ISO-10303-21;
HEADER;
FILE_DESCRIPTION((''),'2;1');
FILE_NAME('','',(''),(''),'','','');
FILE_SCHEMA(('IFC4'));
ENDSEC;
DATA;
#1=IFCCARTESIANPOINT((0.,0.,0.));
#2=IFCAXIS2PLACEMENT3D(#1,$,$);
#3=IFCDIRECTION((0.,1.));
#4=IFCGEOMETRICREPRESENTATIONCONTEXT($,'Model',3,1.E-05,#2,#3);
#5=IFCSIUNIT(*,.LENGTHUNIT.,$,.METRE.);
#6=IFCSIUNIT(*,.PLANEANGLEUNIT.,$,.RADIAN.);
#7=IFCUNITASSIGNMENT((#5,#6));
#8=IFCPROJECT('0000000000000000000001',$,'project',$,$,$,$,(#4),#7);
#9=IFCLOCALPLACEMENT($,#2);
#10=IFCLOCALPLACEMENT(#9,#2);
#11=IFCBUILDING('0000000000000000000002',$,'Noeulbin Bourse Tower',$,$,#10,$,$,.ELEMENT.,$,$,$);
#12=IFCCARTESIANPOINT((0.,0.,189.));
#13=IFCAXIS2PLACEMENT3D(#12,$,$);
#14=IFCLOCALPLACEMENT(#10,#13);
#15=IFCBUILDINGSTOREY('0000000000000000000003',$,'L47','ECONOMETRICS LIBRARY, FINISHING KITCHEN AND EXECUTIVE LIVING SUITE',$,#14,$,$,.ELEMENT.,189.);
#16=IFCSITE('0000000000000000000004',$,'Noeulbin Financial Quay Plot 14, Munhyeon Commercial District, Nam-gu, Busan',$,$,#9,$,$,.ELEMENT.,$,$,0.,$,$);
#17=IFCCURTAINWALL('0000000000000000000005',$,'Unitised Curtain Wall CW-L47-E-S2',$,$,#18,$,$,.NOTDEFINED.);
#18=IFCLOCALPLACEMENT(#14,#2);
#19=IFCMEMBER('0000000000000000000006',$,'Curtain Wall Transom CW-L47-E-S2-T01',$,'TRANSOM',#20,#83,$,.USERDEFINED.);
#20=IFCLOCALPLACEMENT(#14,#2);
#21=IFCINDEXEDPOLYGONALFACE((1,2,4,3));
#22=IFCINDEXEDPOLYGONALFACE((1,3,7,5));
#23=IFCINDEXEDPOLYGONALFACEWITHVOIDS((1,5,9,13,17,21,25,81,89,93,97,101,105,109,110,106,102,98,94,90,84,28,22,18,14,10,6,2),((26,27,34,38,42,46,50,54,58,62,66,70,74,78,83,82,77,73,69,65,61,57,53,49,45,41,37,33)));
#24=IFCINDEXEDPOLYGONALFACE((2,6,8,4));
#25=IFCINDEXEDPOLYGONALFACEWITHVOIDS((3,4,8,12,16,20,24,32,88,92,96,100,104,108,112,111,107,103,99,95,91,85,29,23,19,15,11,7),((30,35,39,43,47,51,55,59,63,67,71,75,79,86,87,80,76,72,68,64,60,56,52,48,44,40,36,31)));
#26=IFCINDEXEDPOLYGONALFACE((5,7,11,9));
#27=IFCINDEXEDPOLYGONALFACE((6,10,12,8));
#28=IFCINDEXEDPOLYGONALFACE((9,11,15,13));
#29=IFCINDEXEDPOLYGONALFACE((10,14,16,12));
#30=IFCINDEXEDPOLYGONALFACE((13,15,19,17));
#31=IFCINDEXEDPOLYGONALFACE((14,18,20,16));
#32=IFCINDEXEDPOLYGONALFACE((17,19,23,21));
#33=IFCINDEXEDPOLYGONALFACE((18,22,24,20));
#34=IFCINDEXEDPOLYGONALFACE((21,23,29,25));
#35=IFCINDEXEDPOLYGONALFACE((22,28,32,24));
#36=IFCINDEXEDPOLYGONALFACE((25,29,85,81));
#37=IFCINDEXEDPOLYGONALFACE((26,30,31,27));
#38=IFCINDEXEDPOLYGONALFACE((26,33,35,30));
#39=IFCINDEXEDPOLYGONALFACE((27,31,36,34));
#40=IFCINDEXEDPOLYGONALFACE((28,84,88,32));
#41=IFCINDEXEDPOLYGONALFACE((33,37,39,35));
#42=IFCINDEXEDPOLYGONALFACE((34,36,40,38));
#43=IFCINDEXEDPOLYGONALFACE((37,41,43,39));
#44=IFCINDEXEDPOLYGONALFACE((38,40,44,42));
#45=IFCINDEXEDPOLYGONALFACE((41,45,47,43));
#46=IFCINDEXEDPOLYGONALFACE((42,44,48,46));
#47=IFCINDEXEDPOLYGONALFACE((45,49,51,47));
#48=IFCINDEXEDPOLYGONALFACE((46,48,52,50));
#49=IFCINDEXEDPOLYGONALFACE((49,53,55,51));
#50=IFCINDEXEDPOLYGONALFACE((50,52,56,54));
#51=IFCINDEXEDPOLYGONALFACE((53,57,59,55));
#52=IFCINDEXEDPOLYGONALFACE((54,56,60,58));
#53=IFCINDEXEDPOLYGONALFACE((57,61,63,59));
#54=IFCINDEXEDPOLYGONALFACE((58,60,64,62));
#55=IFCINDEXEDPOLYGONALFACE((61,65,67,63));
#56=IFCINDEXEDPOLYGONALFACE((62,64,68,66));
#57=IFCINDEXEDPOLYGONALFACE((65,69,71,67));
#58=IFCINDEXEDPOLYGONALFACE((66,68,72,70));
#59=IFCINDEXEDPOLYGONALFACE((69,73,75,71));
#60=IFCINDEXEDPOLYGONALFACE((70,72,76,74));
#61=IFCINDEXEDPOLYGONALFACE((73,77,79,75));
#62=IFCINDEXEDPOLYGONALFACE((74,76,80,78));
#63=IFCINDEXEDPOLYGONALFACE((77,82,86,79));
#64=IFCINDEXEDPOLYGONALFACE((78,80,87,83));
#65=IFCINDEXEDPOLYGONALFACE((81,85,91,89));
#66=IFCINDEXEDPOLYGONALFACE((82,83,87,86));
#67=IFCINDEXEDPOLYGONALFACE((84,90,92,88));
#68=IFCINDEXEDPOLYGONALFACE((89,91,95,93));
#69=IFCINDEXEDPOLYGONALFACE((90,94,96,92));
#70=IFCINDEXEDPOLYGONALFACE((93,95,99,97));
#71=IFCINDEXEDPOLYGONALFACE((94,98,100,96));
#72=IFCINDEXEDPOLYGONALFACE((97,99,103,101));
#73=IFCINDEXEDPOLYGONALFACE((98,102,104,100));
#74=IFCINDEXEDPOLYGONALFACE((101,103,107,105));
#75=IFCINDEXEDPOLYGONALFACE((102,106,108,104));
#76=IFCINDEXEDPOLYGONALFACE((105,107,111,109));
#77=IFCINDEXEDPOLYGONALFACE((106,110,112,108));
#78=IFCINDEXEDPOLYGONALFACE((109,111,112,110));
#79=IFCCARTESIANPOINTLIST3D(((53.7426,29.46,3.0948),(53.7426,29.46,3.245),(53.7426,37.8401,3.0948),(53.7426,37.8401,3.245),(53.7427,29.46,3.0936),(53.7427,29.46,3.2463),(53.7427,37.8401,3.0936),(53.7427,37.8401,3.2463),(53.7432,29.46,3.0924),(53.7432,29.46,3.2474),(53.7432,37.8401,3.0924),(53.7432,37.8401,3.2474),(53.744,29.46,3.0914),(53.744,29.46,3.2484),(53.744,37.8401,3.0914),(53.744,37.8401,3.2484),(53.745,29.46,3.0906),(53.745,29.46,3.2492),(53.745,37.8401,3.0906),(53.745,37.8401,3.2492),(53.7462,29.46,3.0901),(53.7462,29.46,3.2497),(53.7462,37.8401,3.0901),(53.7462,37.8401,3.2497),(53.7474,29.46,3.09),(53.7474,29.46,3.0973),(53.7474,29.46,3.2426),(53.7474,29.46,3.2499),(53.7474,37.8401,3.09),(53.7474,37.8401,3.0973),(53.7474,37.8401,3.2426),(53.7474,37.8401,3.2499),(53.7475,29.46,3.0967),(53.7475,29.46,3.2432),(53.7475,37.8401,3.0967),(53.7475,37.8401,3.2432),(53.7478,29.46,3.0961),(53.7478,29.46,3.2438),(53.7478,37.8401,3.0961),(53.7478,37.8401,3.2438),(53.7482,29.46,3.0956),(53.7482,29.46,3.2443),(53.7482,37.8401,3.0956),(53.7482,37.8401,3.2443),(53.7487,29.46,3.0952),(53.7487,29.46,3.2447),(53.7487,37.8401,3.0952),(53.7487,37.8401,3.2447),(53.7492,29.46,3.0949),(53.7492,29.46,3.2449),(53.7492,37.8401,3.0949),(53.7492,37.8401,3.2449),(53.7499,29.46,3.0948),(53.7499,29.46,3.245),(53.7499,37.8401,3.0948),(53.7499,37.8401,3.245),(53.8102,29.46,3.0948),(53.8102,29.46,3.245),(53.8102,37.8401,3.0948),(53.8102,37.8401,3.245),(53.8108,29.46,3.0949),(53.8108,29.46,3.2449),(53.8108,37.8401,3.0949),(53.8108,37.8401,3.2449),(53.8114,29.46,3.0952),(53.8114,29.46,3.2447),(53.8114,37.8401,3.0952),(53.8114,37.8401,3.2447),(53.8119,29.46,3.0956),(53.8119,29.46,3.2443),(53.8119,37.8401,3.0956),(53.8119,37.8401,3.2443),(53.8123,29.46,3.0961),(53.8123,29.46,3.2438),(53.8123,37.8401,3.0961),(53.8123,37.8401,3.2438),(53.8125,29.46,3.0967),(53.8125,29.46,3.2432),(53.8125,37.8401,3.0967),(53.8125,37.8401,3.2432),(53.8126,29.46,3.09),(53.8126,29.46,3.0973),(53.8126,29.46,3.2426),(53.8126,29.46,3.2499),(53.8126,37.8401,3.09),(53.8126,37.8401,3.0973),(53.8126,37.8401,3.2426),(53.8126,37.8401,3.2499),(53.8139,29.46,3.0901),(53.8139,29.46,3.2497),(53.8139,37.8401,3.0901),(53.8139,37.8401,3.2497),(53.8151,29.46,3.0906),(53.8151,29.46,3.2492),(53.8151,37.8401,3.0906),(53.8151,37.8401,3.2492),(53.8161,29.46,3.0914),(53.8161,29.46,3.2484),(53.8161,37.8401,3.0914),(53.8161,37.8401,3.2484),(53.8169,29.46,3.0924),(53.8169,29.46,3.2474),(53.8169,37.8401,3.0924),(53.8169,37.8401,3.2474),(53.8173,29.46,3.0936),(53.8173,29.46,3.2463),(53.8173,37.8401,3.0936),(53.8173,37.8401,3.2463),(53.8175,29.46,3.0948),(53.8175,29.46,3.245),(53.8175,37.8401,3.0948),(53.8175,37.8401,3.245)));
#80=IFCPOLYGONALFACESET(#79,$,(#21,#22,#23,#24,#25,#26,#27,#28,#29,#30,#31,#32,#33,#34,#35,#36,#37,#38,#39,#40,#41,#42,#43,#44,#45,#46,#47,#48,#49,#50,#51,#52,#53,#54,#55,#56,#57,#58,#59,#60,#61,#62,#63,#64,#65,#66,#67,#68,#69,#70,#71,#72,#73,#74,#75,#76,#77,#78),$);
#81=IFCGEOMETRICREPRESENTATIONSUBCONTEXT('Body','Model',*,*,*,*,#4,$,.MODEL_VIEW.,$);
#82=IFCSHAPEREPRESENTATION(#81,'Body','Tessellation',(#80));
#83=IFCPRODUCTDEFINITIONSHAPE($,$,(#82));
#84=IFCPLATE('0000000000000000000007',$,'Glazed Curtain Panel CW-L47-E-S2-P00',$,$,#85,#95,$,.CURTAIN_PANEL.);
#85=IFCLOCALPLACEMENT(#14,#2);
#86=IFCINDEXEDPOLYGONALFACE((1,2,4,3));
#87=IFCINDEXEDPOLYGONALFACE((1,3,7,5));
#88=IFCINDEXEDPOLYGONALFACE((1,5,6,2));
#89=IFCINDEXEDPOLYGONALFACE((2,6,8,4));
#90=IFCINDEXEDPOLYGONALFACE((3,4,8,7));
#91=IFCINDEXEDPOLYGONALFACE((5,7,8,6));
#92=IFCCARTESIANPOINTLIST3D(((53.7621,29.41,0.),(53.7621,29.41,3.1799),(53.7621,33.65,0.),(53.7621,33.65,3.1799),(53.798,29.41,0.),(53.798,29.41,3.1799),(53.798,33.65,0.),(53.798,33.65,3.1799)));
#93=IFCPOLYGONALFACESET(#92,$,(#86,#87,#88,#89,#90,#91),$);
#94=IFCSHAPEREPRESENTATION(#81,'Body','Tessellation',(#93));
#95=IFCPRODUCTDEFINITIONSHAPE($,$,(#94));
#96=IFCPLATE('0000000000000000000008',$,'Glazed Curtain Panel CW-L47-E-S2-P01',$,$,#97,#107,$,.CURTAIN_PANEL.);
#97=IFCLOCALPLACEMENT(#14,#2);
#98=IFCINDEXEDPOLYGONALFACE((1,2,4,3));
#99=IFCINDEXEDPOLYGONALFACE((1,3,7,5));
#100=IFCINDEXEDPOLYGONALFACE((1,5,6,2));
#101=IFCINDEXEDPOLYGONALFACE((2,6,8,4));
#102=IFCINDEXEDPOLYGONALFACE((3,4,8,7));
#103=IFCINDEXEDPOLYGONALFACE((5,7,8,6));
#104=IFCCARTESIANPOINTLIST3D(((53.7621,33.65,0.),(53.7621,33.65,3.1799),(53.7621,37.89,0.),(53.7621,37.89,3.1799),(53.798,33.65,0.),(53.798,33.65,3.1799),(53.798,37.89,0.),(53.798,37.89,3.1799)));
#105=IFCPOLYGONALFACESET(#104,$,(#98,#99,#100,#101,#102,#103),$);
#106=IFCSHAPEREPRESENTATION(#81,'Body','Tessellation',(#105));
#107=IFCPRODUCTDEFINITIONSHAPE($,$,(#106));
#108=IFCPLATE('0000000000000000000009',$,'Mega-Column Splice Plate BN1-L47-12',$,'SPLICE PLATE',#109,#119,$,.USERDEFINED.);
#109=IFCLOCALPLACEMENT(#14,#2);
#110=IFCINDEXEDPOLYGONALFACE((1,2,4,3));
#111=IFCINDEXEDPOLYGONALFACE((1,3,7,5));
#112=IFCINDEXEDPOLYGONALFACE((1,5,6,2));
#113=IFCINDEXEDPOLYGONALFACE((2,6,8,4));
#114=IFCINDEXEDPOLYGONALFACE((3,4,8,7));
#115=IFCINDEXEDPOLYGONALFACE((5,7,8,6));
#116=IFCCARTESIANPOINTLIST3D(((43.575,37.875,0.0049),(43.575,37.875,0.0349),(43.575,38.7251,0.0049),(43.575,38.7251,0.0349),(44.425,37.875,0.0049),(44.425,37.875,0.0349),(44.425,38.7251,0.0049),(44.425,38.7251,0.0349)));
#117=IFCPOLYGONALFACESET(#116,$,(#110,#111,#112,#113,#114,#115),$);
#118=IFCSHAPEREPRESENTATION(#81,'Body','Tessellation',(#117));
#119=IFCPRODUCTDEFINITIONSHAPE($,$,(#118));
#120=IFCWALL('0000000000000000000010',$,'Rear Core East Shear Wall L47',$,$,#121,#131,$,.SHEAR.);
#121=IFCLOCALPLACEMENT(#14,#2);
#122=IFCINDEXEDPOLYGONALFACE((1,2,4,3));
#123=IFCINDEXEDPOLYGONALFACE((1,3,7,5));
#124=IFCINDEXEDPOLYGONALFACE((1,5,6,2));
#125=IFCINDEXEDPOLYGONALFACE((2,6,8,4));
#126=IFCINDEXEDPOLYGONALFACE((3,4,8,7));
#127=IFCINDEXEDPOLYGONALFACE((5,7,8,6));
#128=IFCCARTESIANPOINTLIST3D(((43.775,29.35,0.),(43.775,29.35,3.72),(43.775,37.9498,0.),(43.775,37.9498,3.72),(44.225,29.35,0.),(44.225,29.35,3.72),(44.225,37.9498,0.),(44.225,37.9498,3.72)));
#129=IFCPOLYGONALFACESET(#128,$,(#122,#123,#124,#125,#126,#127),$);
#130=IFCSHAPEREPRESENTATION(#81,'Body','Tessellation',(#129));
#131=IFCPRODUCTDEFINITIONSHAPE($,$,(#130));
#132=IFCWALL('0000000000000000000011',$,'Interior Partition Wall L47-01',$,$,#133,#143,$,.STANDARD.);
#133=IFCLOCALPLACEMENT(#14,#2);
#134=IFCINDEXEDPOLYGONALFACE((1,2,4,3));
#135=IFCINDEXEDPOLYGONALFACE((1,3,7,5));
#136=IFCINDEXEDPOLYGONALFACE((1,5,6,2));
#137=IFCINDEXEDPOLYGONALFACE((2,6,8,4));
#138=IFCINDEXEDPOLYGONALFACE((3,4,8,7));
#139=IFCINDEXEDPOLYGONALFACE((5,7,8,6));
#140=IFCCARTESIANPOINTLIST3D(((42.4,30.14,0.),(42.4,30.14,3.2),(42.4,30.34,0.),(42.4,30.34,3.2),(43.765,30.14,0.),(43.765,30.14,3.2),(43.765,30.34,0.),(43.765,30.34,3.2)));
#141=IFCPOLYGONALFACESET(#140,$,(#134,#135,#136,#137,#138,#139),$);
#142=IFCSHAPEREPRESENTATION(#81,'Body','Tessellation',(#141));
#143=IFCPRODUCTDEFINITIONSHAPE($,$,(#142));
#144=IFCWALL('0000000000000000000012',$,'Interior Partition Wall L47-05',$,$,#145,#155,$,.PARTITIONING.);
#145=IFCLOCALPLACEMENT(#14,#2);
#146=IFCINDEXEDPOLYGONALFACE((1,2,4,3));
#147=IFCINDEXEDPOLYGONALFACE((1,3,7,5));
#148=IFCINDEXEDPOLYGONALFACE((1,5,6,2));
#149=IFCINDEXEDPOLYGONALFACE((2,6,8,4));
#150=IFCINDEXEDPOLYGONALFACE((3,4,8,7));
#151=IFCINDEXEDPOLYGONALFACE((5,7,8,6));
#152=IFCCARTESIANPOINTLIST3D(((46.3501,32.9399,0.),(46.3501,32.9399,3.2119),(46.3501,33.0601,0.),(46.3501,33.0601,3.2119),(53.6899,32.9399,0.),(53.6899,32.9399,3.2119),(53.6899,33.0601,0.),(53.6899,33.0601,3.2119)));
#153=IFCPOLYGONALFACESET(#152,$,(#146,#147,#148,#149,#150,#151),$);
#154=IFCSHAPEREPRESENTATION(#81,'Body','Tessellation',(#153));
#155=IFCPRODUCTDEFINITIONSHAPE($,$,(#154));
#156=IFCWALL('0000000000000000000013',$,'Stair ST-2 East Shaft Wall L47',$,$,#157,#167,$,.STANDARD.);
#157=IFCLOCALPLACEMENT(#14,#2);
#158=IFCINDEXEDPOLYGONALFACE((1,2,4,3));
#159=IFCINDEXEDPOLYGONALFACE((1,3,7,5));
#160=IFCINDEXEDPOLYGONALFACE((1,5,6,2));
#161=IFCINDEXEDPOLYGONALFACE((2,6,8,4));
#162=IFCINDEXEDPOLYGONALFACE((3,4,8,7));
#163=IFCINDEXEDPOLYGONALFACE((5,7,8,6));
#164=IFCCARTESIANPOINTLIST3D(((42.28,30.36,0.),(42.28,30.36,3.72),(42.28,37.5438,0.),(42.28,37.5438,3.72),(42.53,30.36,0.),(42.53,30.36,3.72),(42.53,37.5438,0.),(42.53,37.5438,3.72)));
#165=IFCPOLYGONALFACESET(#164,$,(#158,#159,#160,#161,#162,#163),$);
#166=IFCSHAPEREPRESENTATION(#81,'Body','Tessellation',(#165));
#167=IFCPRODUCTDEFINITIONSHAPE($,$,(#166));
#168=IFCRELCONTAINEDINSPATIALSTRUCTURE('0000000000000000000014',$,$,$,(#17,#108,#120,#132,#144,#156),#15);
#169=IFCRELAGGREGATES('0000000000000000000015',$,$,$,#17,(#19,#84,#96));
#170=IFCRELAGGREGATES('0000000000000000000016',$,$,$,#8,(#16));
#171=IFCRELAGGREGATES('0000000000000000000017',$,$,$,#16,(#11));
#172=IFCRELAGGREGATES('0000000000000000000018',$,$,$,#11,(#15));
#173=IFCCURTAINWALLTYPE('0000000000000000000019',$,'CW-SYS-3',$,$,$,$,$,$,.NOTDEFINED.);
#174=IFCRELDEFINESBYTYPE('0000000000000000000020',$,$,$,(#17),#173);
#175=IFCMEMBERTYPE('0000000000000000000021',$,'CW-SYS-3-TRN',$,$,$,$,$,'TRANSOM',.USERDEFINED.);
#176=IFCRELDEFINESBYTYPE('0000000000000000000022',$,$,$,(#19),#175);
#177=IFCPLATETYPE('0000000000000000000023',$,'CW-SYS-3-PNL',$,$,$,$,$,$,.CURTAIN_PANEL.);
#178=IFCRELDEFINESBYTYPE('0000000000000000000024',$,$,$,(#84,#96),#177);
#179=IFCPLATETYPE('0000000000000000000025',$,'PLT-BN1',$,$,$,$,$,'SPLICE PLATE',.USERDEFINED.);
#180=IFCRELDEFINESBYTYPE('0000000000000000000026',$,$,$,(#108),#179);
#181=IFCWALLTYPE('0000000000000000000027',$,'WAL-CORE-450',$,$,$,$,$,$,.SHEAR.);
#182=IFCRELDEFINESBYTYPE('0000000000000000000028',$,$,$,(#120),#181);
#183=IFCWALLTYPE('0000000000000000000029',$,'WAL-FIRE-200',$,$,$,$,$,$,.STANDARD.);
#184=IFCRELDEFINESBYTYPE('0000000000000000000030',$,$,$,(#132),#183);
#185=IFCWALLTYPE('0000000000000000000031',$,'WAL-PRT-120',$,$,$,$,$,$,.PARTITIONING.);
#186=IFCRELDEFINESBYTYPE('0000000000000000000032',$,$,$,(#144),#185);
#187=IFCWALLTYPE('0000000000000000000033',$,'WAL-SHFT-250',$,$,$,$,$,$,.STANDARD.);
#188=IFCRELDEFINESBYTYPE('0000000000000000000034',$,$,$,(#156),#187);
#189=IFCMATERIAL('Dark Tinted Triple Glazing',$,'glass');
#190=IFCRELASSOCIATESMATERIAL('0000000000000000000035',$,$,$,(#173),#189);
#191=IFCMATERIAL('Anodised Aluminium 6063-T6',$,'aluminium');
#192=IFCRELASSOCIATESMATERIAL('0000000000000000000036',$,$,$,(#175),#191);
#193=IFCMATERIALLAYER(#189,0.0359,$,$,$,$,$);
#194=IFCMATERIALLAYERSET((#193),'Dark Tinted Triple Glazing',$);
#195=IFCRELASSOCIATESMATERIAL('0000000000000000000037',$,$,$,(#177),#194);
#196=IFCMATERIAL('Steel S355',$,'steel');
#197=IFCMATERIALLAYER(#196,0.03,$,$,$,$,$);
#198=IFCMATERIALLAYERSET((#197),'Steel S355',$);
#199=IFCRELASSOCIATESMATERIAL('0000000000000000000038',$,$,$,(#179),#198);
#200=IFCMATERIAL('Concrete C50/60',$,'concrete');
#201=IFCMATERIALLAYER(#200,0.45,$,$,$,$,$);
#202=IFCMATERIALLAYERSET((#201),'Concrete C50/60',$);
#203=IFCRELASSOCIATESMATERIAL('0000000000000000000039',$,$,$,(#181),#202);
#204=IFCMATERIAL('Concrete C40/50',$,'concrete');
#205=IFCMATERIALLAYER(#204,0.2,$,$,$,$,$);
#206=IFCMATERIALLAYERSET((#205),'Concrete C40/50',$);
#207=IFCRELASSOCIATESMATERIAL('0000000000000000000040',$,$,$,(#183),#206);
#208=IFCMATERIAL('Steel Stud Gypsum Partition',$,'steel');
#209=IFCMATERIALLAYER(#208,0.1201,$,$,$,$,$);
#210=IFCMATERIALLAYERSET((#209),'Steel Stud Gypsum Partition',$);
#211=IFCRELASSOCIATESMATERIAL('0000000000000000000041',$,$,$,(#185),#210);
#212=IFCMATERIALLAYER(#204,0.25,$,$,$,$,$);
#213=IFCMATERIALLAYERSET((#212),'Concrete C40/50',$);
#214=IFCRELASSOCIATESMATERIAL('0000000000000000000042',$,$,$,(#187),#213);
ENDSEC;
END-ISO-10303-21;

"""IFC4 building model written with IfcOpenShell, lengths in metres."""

from ifc_helpers import new_model, si_unit, direction, frame, frame_2d, origin, origin_2d, place, context, subcontext, project, spatial, rectangle, hollow_rectangle, extrude, material, layer, layer_set, material_profile, profile_set, type_object, element, aggregate, save


model = new_model("IFC4")

# Units and contexts
model_context = context("Model", 3, precision=1e-05, world=origin(), true_north=direction((0.0, 1.0)))
body_context = subcontext(model_context, "Body", "Model", "MODEL_VIEW")
ifc_project = project(units=[si_unit("LENGTHUNIT", "METRE"), si_unit("PLANEANGLEUNIT", "RADIAN")], contexts=[model_context])

# Site, building, storey
site_placement = place(None, origin())
site = spatial("IfcSite", under=ifc_project, at=site_placement, Name="Noeulbin Financial Quay Plot 14, Munhyeon Commercial District, Nam-gu, Busan", CompositionType="ELEMENT", RefElevation=0.0)
building_placement = place(site_placement, origin())
building = spatial("IfcBuilding", under=site, at=building_placement, Name="Noeulbin Bourse Tower", CompositionType="ELEMENT")
storey_placement = place(building_placement, frame((0.0, 0.0, 189.0)))
storey = spatial("IfcBuildingStorey", under=building, at=storey_placement, Name="L47", Description="ECONOMETRICS LIBRARY, FINISHING KITCHEN AND EXECUTIVE LIVING SUITE", CompositionType="ELEMENT", Elevation=189.0)

# Shared definitions
ifc_material_1 = material(Name="Steel S355", Category="steel")

# Curtain wall, member, plates
ifc_material_2 = material(Name="Dark Tinted Triple Glazing", Category="glass")
curtain_wall_type = type_object("IfcCurtainWallType", Name="CW-SYS-3", PredefinedType="NOTDEFINED", material=ifc_material_2)
curtain_wall_placement = place(storey_placement, origin())
curtain_wall = element("IfcCurtainWall", 1, at=curtain_wall_placement, inside=storey, type_object=curtain_wall_type, Name="Unitised Curtain Wall CW-L47-E-S2", PredefinedType="NOTDEFINED")
ifc_material_3 = material(Name="Anodised Aluminium 6063-T6", Category="aluminium")
ifc_material_profile_1 = material_profile(ifc_material_3, hollow_rectangle(XDim=0.075, YDim=0.1599, WallThickness=0.0049, InnerFilletRadius=0.0024, OuterFilletRadius=0.0049, at=origin_2d()), Name="ALU-TRAN-75x160x5", Category="LoadBearing")
ifc_profile_set_1 = profile_set([ifc_material_profile_1], Name="Anodised Aluminium 6063-T6")
member_type_1 = type_object("IfcMemberType", Name="CW-SYS-3-TRN", ElementType="TRANSOM", PredefinedType="USERDEFINED", material=ifc_profile_set_1)
member_1_placement = place(storey_placement, frame((53.78, 29.46, 3.1699), z_axis=(0.0, 1.0, 0.0), x_axis=(-1.0, 0.0, 0.0)))
member_1 = element("IfcMember", 2, at=member_1_placement, type_object=member_type_1, Name="Curtain Wall Transom CW-L47-E-S2-T01", ObjectType="TRANSOM", PredefinedType="USERDEFINED", context=body_context, shape_type="SweptSolid", body=[
    extrude(hollow_rectangle(XDim=0.075, YDim=0.1599, WallThickness=0.0049, InnerFilletRadius=0.0024, OuterFilletRadius=0.0049, at=origin_2d()), origin(), (0.0, 0.0, 1.0), 8.3801),
])
ifc_layer_1 = layer(ifc_material_2, 0.0359)
ifc_layer_set_1 = layer_set([ifc_layer_1], Name="Dark Tinted Triple Glazing")
plate_type_1 = type_object("IfcPlateType", Name="CW-SYS-3-PNL", PredefinedType="CURTAIN_PANEL", material=ifc_layer_set_1)
plate_1_placement = place(storey_placement, frame((53.78, 31.53, 0.0), z_axis=(0.0, 0.0, 1.0), x_axis=(0.0, 1.0, 0.0)))
plate_1 = element("IfcPlate", 3, at=plate_1_placement, type_object=plate_type_1, Name="Glazed Curtain Panel CW-L47-E-S2-P00", PredefinedType="CURTAIN_PANEL", context=body_context, shape_type="SweptSolid", body=[
    extrude(rectangle(XDim=4.24, YDim=0.0359, at=origin_2d()), origin(), (0.0, 0.0, 1.0), 3.1799),
])
plate_2_placement = place(storey_placement, frame((53.78, 35.77, 0.0), z_axis=(0.0, 0.0, 1.0), x_axis=(0.0, 1.0, 0.0)))
plate_2 = element("IfcPlate", 4, at=plate_2_placement, type_object=plate_type_1, Name="Glazed Curtain Panel CW-L47-E-S2-P01", PredefinedType="CURTAIN_PANEL", context=body_context, shape_type="SweptSolid", body=[
    extrude(rectangle(XDim=4.24, YDim=0.0359, at=origin_2d()), origin(), (0.0, 0.0, 1.0), 3.1799),
])
aggregate(curtain_wall, [member_1, plate_1, plate_2])

# Plate
ifc_layer_2 = layer(ifc_material_1, 0.03)
ifc_layer_set_2 = layer_set([ifc_layer_2], Name="Steel S355")
plate_type_2 = type_object("IfcPlateType", Name="PLT-BN1", ElementType="SPLICE PLATE", PredefinedType="USERDEFINED", material=ifc_layer_set_2)
plate_3_placement = place(storey_placement, frame((44.0, 38.3, 0.0049), z_axis=(0.0, 0.0, 1.0), x_axis=(1.0, 0.0, 0.0)))
element("IfcPlate", 5, at=plate_3_placement, inside=storey, type_object=plate_type_2, Name="Mega-Column Splice Plate BN1-L47-12", ObjectType="SPLICE PLATE", PredefinedType="USERDEFINED", context=body_context, shape_type="SweptSolid", body=[
    extrude(rectangle(XDim=0.8501, YDim=0.8501, at=origin_2d()), origin(), (0.0, 0.0, 1.0), 0.03),
])

# Walls
ifc_material_4 = material(Name="Concrete C50/60", Category="concrete")
ifc_layer_3 = layer(ifc_material_4, 0.45)
ifc_layer_set_3 = layer_set([ifc_layer_3], Name="Concrete C50/60")
wall_type_1 = type_object("IfcWallType", Name="WAL-CORE-450", PredefinedType="SHEAR", material=ifc_layer_set_3)
wall_1_placement = place(storey_placement, frame((44.0, 29.3501, 0.0), z_axis=(0.0, 0.0, 1.0), x_axis=(0.0, 1.0, 0.0)))
element("IfcWall", 6, at=wall_1_placement, inside=storey, type_object=wall_type_1, Name="Rear Core East Shear Wall L47", PredefinedType="SHEAR", context=body_context, shape_type="SweptSolid", body=[
    extrude(rectangle(XDim=8.5999, YDim=0.45, at=frame_2d((4.2998, 0.0))), origin(), (0.0, 0.0, 1.0), 3.72),
])
ifc_material_5 = material(Name="Concrete C40/50", Category="concrete")
ifc_layer_4 = layer(ifc_material_5, 0.2)
ifc_layer_set_4 = layer_set([ifc_layer_4], Name="Concrete C40/50")
wall_type_2 = type_object("IfcWallType", Name="WAL-FIRE-200", PredefinedType="STANDARD", material=ifc_layer_set_4)
wall_2_placement = place(storey_placement, frame((42.3999, 30.24, 0.0), z_axis=(0.0, 0.0, 1.0), x_axis=(1.0, 0.0, 0.0)))
element("IfcWall", 7, at=wall_2_placement, inside=storey, type_object=wall_type_2, Name="Interior Partition Wall L47-01", PredefinedType="STANDARD", context=body_context, shape_type="SweptSolid", body=[
    extrude(rectangle(XDim=1.365, YDim=0.2, at=frame_2d((0.6826, 0.0))), origin(), (0.0, 0.0, 1.0), 3.2),
])
ifc_material_6 = material(Name="Steel Stud Gypsum Partition", Category="steel")
ifc_layer_5 = layer(ifc_material_6, 0.1201)
ifc_layer_set_5 = layer_set([ifc_layer_5], Name="Steel Stud Gypsum Partition")
wall_type_3 = type_object("IfcWallType", Name="WAL-PRT-120", PredefinedType="PARTITIONING", material=ifc_layer_set_5)
wall_3_placement = place(storey_placement, frame((46.3501, 33.0, 0.0), z_axis=(0.0, 0.0, 1.0), x_axis=(1.0, 0.0, 0.0)))
element("IfcWall", 8, at=wall_3_placement, inside=storey, type_object=wall_type_3, Name="Interior Partition Wall L47-05", PredefinedType="PARTITIONING", context=body_context, shape_type="SweptSolid", body=[
    extrude(rectangle(XDim=7.3398, YDim=0.1201, at=frame_2d((3.6699, 0.0))), origin(), (0.0, 0.0, 1.0), 3.2119),
])
ifc_layer_6 = layer(ifc_material_5, 0.25)
ifc_layer_set_6 = layer_set([ifc_layer_6], Name="Concrete C40/50")
wall_type_4 = type_object("IfcWallType", Name="WAL-SHFT-250", PredefinedType="STANDARD", material=ifc_layer_set_6)
wall_4_placement = place(storey_placement, frame((42.405, 30.3601, 0.0), z_axis=(0.0, 0.0, 1.0), x_axis=(0.0, 1.0, 0.0)))
element("IfcWall", 9, at=wall_4_placement, inside=storey, type_object=wall_type_4, Name="Stair ST-2 East Shaft Wall L47", PredefinedType="STANDARD", context=body_context, shape_type="SweptSolid", body=[
    extrude(rectangle(XDim=7.1838, YDim=0.25, at=frame_2d((3.5918, 0.0))), origin(), (0.0, 0.0, 1.0), 3.72),
])

save(model, "model.ifc")
